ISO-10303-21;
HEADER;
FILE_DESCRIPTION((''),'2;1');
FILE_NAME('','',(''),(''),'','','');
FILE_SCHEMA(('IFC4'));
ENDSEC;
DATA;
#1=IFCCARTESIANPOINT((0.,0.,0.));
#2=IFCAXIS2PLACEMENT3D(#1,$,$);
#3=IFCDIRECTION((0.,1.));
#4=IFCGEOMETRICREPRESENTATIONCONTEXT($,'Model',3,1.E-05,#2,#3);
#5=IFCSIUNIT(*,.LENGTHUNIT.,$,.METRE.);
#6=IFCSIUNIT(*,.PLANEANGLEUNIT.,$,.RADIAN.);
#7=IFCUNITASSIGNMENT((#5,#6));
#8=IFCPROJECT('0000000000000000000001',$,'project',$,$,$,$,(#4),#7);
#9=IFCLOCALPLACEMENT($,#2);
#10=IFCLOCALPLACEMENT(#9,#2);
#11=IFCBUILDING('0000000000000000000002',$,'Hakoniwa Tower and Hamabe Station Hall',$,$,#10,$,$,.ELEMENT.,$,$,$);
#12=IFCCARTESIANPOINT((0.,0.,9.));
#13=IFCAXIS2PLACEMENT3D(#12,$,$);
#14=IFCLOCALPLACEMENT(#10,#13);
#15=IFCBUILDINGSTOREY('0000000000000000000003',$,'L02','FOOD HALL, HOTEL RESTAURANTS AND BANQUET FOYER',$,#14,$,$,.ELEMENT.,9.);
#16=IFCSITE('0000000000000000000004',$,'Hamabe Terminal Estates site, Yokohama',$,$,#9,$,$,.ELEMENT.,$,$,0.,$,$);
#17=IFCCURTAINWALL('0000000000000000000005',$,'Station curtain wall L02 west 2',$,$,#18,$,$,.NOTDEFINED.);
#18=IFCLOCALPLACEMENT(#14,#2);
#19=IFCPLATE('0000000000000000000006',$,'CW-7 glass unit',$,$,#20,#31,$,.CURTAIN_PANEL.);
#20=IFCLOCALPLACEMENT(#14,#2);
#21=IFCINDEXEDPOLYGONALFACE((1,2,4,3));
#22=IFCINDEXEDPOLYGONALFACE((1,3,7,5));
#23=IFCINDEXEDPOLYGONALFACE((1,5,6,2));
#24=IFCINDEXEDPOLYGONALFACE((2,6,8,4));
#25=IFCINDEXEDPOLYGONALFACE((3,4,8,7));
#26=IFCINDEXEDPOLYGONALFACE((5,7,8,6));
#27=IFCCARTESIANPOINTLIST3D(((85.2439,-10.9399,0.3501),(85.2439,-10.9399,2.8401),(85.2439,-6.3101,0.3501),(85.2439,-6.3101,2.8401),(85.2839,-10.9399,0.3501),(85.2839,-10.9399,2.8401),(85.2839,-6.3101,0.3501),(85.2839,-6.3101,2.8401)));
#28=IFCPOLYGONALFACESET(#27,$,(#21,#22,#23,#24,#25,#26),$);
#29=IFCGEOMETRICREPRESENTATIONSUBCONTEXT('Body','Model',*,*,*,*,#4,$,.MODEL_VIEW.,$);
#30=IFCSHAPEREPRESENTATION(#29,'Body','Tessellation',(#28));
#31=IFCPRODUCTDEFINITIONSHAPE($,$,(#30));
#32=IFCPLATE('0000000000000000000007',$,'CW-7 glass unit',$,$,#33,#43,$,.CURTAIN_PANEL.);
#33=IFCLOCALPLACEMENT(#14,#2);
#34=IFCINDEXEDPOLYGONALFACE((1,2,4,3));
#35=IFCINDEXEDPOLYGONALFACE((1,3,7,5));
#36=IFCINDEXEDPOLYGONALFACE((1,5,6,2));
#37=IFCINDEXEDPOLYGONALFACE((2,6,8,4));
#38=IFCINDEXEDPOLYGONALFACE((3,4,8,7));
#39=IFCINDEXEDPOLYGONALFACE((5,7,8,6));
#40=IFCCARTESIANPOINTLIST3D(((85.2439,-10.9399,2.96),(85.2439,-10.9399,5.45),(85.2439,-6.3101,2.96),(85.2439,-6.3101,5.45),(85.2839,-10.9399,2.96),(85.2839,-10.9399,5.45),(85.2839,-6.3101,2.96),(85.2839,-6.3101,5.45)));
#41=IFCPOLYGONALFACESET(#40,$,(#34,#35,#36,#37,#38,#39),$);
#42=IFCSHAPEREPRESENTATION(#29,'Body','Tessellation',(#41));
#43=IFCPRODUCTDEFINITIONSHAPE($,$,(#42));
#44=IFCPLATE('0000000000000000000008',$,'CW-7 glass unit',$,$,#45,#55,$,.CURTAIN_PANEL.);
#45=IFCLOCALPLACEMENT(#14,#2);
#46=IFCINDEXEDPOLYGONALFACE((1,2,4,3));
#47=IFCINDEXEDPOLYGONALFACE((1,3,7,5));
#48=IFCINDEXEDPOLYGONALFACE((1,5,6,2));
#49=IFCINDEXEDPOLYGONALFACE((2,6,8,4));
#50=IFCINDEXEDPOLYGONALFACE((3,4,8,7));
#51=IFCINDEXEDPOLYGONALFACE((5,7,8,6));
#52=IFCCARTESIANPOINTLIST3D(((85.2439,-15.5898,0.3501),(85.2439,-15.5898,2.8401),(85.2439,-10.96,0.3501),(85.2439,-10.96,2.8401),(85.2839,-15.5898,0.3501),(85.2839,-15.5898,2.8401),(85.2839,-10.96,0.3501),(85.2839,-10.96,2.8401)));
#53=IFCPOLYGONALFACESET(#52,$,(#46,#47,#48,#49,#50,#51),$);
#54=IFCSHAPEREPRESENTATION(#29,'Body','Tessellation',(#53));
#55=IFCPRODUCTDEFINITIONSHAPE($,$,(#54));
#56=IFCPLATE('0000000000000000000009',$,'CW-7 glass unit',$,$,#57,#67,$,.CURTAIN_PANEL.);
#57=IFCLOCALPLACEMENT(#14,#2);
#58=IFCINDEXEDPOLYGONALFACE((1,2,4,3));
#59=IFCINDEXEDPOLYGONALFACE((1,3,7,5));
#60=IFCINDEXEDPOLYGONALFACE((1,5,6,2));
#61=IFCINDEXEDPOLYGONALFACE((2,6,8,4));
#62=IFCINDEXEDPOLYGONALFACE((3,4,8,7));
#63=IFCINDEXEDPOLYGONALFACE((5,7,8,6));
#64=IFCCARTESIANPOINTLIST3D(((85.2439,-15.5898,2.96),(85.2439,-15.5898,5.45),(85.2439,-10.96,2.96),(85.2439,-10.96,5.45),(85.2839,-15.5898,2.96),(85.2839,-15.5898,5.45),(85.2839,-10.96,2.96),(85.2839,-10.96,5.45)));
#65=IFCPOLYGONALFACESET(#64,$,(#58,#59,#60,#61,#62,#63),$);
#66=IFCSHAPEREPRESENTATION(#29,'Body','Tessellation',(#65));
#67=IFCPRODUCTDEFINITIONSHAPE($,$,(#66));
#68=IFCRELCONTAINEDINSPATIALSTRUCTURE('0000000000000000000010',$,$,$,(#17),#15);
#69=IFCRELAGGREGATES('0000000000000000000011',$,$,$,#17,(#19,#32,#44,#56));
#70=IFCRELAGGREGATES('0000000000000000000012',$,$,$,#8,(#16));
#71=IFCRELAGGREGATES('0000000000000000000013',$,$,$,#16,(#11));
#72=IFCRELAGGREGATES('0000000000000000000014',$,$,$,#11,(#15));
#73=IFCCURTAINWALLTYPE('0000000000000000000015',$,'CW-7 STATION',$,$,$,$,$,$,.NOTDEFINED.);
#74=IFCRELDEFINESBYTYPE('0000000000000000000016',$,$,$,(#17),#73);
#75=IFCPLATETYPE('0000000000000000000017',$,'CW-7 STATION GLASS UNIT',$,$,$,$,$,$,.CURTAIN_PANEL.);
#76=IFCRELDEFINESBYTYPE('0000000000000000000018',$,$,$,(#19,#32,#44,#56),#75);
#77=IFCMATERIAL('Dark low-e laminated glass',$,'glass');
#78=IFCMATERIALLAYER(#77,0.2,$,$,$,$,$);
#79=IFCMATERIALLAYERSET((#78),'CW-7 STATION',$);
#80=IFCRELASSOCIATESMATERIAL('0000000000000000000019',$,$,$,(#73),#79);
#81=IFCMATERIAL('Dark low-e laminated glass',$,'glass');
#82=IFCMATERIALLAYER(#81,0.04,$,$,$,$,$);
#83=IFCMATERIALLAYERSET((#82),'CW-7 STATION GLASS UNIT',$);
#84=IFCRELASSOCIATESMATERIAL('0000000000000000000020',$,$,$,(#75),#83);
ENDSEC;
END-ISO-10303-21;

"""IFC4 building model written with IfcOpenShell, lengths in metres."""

from ifc_helpers import new_model, si_unit, direction, frame, origin, origin_2d, place, context, subcontext, project, spatial, rectangle, extrude, material, layer, layer_set, type_object, element, aggregate, save


model = new_model("IFC4")

# Units and contexts
model_context = context("Model", 3, precision=1e-05, world=origin(), true_north=direction((0.0, 1.0)))
body_context = subcontext(model_context, "Body", "Model", "MODEL_VIEW")
ifc_project = project(units=[si_unit("LENGTHUNIT", "METRE"), si_unit("PLANEANGLEUNIT", "RADIAN")], contexts=[model_context])

# Site, building, storey
site_placement = place(None, origin())
site = spatial("IfcSite", under=ifc_project, at=site_placement, Name="Hamabe Terminal Estates site, Yokohama", CompositionType="ELEMENT", RefElevation=0.0)
building_placement = place(site_placement, origin())
building = spatial("IfcBuilding", under=site, at=building_placement, Name="Hakoniwa Tower and Hamabe Station Hall", CompositionType="ELEMENT")
storey_placement = place(building_placement, frame((0.0, 0.0, 9.0)))
storey = spatial("IfcBuildingStorey", under=building, at=storey_placement, Name="L02", Description="FOOD HALL, HOTEL RESTAURANTS AND BANQUET FOYER", CompositionType="ELEMENT", Elevation=9.0)

# Curtain wall
ifc_material_1 = material(Name="Dark low-e laminated glass", Category="glass")
ifc_layer_1 = layer(ifc_material_1, 0.2)
ifc_layer_set_1 = layer_set([ifc_layer_1], Name="CW-7 STATION")
curtain_wall_type_1 = type_object("IfcCurtainWallType", Name="CW-7 STATION", PredefinedType="NOTDEFINED", material=ifc_layer_set_1)
curtain_wall_1_placement = place(storey_placement, origin())
curtain_wall_1 = element("IfcCurtainWall", 1, at=curtain_wall_1_placement, inside=storey, type_object=curtain_wall_type_1, Name="Station curtain wall L02 west 2", PredefinedType="NOTDEFINED")

# Plates
ifc_material_2 = material(Name="Dark low-e laminated glass", Category="glass")
ifc_layer_2 = layer(ifc_material_2, 0.04)
ifc_layer_set_2 = layer_set([ifc_layer_2], Name="CW-7 STATION GLASS UNIT")
plate_type_1 = type_object("IfcPlateType", Name="CW-7 STATION GLASS UNIT", PredefinedType="CURTAIN_PANEL", material=ifc_layer_set_2)
plate_1_placement = place(storey_placement, frame((85.2639, -8.625, 0.3501), z_axis=(0.0, 0.0, 1.0), x_axis=(0.0, -1.0, 0.0)))
plate_1 = element("IfcPlate", 2, at=plate_1_placement, type_object=plate_type_1, Name="CW-7 glass unit", PredefinedType="CURTAIN_PANEL", context=body_context, shape_type="SweptSolid", body=[
    extrude(rectangle(XDim=4.6299, YDim=0.04, at=origin_2d()), origin(), (0.0, 0.0, 1.0), 2.49),
])
plate_2_placement = place(storey_placement, frame((85.2639, -8.625, 2.96), z_axis=(0.0, 0.0, 1.0), x_axis=(0.0, -1.0, 0.0)))
plate_2 = element("IfcPlate", 3, at=plate_2_placement, type_object=plate_type_1, Name="CW-7 glass unit", PredefinedType="CURTAIN_PANEL", context=body_context, shape_type="SweptSolid", body=[
    extrude(rectangle(XDim=4.6299, YDim=0.04, at=origin_2d()), origin(), (0.0, 0.0, 1.0), 2.49),
])
plate_3_placement = place(storey_placement, frame((85.2639, -13.2749, 0.3501), z_axis=(0.0, 0.0, 1.0), x_axis=(0.0, -1.0, 0.0)))
plate_3 = element("IfcPlate", 4, at=plate_3_placement, type_object=plate_type_1, Name="CW-7 glass unit", PredefinedType="CURTAIN_PANEL", context=body_context, shape_type="SweptSolid", body=[
    extrude(rectangle(XDim=4.6299, YDim=0.04, at=origin_2d()), origin(), (0.0, 0.0, 1.0), 2.49),
])
plate_4_placement = place(storey_placement, frame((85.2639, -13.2749, 2.96), z_axis=(0.0, 0.0, 1.0), x_axis=(0.0, -1.0, 0.0)))
plate_4 = element("IfcPlate", 5, at=plate_4_placement, type_object=plate_type_1, Name="CW-7 glass unit", PredefinedType="CURTAIN_PANEL", context=body_context, shape_type="SweptSolid", body=[
    extrude(rectangle(XDim=4.6299, YDim=0.04, at=origin_2d()), origin(), (0.0, 0.0, 1.0), 2.49),
])
aggregate(curtain_wall_1, [plate_1, plate_2, plate_3, plate_4])

save(model, "model.ifc")
